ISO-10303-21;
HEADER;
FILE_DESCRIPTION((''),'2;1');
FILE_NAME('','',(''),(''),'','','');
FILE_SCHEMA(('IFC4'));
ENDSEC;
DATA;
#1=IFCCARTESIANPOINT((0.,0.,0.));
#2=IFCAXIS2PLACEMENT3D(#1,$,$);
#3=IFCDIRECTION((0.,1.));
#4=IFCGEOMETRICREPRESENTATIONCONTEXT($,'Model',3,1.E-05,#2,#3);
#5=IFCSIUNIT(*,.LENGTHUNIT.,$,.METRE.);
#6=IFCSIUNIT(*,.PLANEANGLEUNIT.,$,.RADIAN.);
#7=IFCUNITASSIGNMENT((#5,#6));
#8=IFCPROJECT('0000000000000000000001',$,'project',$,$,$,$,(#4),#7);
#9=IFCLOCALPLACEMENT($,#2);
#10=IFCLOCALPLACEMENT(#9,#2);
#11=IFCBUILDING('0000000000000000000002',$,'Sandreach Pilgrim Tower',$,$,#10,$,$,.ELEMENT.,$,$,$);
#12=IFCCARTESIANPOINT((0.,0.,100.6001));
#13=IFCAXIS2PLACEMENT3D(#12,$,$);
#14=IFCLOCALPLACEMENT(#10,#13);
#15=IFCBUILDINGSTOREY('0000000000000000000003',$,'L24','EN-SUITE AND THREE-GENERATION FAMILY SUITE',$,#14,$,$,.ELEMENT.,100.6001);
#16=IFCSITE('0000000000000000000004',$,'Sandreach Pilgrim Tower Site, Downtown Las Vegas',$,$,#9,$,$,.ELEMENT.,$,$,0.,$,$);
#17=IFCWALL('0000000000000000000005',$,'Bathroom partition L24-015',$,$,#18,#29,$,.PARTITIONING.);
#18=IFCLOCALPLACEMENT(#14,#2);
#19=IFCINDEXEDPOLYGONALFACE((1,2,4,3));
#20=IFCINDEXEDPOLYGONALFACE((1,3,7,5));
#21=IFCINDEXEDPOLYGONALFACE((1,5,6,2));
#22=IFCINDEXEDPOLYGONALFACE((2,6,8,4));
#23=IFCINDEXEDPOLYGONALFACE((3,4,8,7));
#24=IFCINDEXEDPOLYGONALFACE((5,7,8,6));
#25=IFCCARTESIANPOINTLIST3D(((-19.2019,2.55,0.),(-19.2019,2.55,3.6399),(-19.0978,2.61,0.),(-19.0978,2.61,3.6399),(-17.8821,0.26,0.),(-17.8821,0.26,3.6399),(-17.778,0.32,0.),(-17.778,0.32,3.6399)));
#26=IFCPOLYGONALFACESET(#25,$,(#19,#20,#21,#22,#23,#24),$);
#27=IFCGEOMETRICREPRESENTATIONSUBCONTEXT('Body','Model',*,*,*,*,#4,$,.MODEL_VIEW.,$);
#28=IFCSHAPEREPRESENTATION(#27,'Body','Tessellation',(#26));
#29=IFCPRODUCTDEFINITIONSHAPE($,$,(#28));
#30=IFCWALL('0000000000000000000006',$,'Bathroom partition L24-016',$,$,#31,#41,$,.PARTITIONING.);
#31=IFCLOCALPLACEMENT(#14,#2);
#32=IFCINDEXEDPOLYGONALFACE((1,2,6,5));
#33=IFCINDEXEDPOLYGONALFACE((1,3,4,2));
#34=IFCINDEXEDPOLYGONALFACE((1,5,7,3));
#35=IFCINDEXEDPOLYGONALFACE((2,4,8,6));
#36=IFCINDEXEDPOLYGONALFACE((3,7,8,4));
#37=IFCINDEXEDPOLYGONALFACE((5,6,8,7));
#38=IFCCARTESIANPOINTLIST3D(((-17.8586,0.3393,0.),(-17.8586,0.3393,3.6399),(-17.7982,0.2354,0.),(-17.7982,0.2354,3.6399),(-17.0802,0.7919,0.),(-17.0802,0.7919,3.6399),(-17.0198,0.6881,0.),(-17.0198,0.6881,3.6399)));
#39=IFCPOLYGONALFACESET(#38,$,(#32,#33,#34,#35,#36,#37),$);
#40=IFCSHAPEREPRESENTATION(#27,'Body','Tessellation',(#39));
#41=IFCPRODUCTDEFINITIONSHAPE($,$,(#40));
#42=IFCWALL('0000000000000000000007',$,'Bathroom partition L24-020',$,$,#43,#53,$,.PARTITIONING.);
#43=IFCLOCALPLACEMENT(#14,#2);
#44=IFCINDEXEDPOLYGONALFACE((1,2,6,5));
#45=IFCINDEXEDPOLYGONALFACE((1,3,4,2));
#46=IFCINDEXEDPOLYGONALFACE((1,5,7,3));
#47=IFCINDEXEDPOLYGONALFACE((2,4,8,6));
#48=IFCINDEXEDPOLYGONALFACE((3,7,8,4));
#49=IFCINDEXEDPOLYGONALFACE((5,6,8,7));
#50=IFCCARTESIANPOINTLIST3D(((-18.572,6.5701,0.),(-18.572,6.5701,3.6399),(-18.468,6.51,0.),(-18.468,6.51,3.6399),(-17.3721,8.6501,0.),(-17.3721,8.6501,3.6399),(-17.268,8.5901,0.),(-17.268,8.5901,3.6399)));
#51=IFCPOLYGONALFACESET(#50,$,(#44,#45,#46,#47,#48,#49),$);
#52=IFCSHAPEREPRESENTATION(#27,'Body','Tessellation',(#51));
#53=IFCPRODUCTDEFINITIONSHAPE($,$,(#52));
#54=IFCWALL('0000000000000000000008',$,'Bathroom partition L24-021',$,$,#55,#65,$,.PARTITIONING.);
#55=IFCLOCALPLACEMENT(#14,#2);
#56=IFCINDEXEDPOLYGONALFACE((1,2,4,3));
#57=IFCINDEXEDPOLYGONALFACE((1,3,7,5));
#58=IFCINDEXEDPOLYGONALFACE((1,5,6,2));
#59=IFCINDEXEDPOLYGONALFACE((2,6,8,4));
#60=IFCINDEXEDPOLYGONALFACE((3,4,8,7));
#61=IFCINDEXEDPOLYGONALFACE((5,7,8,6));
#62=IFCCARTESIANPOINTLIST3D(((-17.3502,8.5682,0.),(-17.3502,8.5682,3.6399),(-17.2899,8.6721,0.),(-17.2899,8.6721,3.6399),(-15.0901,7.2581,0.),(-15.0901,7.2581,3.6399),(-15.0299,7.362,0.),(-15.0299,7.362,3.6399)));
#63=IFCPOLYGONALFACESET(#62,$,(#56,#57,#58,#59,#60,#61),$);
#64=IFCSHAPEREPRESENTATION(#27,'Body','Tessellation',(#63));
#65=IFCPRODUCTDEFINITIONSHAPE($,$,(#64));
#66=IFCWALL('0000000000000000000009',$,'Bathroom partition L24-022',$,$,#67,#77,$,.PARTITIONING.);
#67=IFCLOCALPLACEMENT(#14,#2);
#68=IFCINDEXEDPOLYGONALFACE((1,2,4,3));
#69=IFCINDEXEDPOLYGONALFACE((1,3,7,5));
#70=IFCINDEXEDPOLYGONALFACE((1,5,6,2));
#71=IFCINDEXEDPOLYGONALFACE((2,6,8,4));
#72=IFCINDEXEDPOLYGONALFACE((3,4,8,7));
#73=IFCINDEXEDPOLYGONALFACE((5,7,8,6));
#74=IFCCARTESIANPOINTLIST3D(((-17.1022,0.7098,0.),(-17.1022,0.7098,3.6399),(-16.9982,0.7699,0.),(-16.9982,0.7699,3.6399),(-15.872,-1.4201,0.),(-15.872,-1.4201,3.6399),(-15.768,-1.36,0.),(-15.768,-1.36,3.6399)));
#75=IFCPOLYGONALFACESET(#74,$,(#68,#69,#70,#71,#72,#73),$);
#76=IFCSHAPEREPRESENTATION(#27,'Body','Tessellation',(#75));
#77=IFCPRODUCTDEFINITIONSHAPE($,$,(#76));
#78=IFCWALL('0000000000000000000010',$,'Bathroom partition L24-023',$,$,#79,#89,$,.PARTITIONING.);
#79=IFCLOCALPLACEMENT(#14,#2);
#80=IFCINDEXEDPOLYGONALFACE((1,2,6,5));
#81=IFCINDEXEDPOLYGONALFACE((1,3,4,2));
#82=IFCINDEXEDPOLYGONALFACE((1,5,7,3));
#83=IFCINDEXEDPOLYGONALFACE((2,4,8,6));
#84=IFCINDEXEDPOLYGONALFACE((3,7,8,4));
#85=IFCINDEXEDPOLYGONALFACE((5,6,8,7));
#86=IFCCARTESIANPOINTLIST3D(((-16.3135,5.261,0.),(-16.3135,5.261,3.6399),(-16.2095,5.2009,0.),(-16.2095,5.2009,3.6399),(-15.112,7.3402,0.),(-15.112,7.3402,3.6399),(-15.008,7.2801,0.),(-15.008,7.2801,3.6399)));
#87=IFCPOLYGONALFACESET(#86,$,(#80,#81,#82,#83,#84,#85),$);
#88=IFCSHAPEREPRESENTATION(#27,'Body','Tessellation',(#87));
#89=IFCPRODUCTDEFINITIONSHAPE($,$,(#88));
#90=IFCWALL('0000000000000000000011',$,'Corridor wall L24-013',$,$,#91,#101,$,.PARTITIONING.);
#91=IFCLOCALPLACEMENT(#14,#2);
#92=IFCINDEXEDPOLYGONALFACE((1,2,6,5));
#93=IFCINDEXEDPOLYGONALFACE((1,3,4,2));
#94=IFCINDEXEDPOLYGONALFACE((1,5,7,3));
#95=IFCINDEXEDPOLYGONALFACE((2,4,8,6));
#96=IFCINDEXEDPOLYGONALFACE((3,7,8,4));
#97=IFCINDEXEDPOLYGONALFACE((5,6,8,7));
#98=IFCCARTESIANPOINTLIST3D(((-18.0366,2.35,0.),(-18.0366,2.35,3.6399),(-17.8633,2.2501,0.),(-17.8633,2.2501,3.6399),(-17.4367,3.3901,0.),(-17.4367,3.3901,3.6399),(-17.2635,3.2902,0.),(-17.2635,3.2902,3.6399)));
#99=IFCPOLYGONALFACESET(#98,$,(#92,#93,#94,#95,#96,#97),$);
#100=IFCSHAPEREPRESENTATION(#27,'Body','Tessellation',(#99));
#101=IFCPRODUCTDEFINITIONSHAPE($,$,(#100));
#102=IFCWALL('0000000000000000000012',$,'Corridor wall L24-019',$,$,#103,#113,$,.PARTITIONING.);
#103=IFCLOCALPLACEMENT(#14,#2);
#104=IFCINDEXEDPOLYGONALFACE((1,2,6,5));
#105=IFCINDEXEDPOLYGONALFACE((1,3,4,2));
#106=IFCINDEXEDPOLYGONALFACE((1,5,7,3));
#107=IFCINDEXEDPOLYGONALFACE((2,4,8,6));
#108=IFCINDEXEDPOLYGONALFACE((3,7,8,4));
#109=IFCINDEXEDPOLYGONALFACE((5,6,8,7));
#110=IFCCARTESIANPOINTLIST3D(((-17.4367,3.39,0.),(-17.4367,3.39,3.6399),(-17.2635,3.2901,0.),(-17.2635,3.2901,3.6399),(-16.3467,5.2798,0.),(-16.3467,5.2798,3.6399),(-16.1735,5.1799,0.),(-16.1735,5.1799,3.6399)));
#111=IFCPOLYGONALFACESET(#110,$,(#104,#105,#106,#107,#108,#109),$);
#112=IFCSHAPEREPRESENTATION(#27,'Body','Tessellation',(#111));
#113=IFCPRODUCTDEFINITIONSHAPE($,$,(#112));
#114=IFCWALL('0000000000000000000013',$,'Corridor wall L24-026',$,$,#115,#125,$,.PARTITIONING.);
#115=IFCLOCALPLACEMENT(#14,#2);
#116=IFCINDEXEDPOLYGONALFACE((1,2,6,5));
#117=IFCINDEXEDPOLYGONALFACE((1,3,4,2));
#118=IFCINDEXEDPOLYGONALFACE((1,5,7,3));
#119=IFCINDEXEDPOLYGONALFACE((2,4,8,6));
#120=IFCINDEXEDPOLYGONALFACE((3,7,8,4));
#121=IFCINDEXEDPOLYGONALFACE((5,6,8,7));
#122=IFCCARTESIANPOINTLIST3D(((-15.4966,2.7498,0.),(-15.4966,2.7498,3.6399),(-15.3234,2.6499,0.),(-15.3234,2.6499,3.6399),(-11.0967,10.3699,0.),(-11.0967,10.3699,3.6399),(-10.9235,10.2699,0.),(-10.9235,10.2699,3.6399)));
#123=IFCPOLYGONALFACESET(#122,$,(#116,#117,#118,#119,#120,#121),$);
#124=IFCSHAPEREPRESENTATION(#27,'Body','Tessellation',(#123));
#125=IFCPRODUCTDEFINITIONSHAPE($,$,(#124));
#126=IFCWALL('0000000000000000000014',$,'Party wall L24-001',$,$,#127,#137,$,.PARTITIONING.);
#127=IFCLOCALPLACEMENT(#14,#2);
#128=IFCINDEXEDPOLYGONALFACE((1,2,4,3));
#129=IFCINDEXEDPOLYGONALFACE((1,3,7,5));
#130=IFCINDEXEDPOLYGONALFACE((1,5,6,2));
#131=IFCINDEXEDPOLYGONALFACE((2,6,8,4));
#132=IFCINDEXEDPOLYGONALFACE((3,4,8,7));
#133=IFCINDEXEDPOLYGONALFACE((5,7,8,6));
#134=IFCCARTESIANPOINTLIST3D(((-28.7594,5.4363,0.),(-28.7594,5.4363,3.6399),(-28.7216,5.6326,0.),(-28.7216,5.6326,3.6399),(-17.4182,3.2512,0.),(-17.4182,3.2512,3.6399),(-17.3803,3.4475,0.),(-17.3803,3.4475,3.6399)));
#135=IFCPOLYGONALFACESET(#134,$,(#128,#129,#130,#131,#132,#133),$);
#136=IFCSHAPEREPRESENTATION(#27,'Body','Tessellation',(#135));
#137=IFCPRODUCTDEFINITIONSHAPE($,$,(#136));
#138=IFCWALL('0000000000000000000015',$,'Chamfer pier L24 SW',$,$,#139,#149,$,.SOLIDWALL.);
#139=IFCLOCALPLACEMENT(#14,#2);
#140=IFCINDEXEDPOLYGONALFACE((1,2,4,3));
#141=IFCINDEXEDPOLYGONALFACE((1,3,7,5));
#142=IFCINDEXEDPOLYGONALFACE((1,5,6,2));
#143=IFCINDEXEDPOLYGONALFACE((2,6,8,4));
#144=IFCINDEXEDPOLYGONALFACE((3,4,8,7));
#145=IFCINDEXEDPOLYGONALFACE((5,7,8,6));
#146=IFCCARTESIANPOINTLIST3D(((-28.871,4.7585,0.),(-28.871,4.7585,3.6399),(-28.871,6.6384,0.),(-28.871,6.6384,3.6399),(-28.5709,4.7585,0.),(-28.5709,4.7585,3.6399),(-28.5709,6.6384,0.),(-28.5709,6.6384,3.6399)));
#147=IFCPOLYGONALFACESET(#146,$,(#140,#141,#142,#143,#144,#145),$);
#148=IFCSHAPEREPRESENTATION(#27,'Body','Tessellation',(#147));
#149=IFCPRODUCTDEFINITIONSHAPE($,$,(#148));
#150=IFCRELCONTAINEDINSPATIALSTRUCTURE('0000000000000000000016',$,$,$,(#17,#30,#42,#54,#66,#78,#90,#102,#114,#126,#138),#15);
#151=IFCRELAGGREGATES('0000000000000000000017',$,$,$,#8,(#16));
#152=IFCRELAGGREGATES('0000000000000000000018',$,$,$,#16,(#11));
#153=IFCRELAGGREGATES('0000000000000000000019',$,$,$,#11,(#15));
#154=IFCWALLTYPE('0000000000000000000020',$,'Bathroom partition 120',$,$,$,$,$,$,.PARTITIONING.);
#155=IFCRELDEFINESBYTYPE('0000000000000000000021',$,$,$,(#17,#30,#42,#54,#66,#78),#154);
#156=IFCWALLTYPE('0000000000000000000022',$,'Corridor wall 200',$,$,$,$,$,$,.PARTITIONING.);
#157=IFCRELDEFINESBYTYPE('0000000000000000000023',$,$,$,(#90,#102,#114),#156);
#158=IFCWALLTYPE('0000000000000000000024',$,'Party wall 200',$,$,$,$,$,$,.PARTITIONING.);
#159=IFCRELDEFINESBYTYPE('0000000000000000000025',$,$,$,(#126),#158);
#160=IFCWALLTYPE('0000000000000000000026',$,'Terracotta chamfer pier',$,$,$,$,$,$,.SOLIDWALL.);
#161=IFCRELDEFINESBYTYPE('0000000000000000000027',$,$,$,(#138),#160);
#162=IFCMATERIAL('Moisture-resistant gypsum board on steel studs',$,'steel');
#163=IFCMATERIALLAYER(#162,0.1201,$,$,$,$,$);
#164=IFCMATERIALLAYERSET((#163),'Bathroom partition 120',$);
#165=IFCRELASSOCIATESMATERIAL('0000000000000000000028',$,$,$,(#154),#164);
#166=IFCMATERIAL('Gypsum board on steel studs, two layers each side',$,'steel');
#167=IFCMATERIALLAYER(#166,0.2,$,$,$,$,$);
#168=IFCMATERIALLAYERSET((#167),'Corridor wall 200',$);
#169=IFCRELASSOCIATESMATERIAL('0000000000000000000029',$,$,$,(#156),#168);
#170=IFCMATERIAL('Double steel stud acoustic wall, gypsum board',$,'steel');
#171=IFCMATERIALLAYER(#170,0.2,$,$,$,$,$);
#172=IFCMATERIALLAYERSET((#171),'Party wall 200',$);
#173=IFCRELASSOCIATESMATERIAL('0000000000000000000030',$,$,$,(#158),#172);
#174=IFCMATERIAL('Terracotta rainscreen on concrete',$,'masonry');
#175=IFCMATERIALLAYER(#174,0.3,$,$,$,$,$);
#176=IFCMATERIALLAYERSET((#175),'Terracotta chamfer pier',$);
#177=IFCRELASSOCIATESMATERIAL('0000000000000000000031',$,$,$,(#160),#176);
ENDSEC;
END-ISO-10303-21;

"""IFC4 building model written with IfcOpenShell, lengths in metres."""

from ifc_helpers import new_model, si_unit, direction, frame, frame_2d, origin, place, context, subcontext, project, spatial, rectangle, extrude, material, layer, layer_set, type_object, element, save


model = new_model("IFC4")

# Units and contexts
model_context = context("Model", 3, precision=1e-05, world=origin(), true_north=direction((0.0, 1.0)))
body_context = subcontext(model_context, "Body", "Model", "MODEL_VIEW")
ifc_project = project(units=[si_unit("LENGTHUNIT", "METRE"), si_unit("PLANEANGLEUNIT", "RADIAN")], contexts=[model_context])

# Site, building, storey
site_placement = place(None, origin())
site = spatial("IfcSite", under=ifc_project, at=site_placement, Name="Sandreach Pilgrim Tower Site, Downtown Las Vegas", CompositionType="ELEMENT", RefElevation=0.0)
building_placement = place(site_placement, origin())
building = spatial("IfcBuilding", under=site, at=building_placement, Name="Sandreach Pilgrim Tower", CompositionType="ELEMENT")
storey_placement = place(building_placement, frame((0.0, 0.0, 100.6001)))
storey = spatial("IfcBuildingStorey", under=building, at=storey_placement, Name="L24", Description="EN-SUITE AND THREE-GENERATION FAMILY SUITE", CompositionType="ELEMENT", Elevation=100.6001)

# Shared definitions
ifc_material_1 = material(Name="Moisture-resistant gypsum board on steel studs", Category="steel")
ifc_layer_1 = layer(ifc_material_1, 0.1201)
ifc_layer_set_1 = layer_set([ifc_layer_1], Name="Bathroom partition 120")
wall_type_1 = type_object("IfcWallType", Name="Bathroom partition 120", PredefinedType="PARTITIONING", material=ifc_layer_set_1)

# Walls
wall_1_placement = place(storey_placement, frame((-17.8301, 0.29, 0.0), z_axis=(0.0, 0.0, 1.0), x_axis=(-0.499339, 0.866407, 0.0)))
element("IfcWall", 1, at=wall_1_placement, inside=storey, type_object=wall_type_1, Name="Bathroom partition L24-015", PredefinedType="PARTITIONING", context=body_context, shape_type="SweptSolid", body=[
    extrude(rectangle(XDim=2.6431, YDim=0.1201, at=frame_2d((1.3215, 0.0))), origin(), (0.0, 0.0, 1.0), 3.6399),
])
wall_2_placement = place(storey_placement, frame((-17.8284, 0.2874, 0.0), z_axis=(0.0, 0.0, 1.0), x_axis=(0.864447, 0.502724, 0.0)))
element("IfcWall", 2, at=wall_2_placement, inside=storey, type_object=wall_type_1, Name="Bathroom partition L24-016", PredefinedType="PARTITIONING", context=body_context, shape_type="SweptSolid", body=[
    extrude(rectangle(XDim=0.9004, YDim=0.1201, at=frame_2d((0.4502, 0.0))), origin(), (0.0, 0.0, 1.0), 3.6399),
])
wall_3_placement = place(storey_placement, frame((-17.3201, 8.6201, 0.0), z_axis=(0.0, 0.0, 1.0), x_axis=(-0.499693, -0.866203, 0.0)))
element("IfcWall", 3, at=wall_3_placement, inside=storey, type_object=wall_type_1, Name="Bathroom partition L24-020", PredefinedType="PARTITIONING", context=body_context, shape_type="SweptSolid", body=[
    extrude(rectangle(XDim=2.4014, YDim=0.1201, at=frame_2d((1.2007, 0.0))), origin(), (0.0, 0.0, 1.0), 3.6399),
])
wall_4_placement = place(storey_placement, frame((-17.3201, 8.6201, 0.0), z_axis=(0.0, 0.0, 1.0), x_axis=(0.865155, -0.501504, 0.0)))
element("IfcWall", 4, at=wall_4_placement, inside=storey, type_object=wall_type_1, Name="Bathroom partition L24-021", PredefinedType="PARTITIONING", context=body_context, shape_type="SweptSolid", body=[
    extrude(rectangle(XDim=2.6123, YDim=0.1201, at=frame_2d((1.3062, 0.0))), origin(), (0.0, 0.0, 1.0), 3.6399),
])
wall_5_placement = place(storey_placement, frame((-17.0503, 0.74, 0.0), z_axis=(0.0, 0.0, 1.0), x_axis=(0.500163, -0.865931, 0.0)))
element("IfcWall", 5, at=wall_5_placement, inside=storey, type_object=wall_type_1, Name="Bathroom partition L24-022", PredefinedType="PARTITIONING", context=body_context, shape_type="SweptSolid", body=[
    extrude(rectangle(XDim=2.4597, YDim=0.1201, at=frame_2d((1.23, 0.0))), origin(), (0.0, 0.0, 1.0), 3.6399),
])
wall_6_placement = place(storey_placement, frame((-16.2615, 5.231, 0.0), z_axis=(0.0, 0.0, 1.0), x_axis=(0.500327, 0.865837, 0.0)))
element("IfcWall", 6, at=wall_6_placement, inside=storey, type_object=wall_type_1, Name="Bathroom partition L24-023", PredefinedType="PARTITIONING", context=body_context, shape_type="SweptSolid", body=[
    extrude(rectangle(XDim=2.4014, YDim=0.1201, at=frame_2d((1.2007, 0.0))), origin(), (0.0, 0.0, 1.0), 3.6399),
])
ifc_material_2 = material(Name="Gypsum board on steel studs, two layers each side", Category="steel")
ifc_layer_2 = layer(ifc_material_2, 0.2)
ifc_layer_set_2 = layer_set([ifc_layer_2], Name="Corridor wall 200")
wall_type_2 = type_object("IfcWallType", Name="Corridor wall 200", PredefinedType="PARTITIONING", material=ifc_layer_set_2)
wall_7_placement = place(storey_placement, frame((-17.95, 2.3, 0.0), z_axis=(0.0, 0.0, 1.0), x_axis=(0.499617, 0.866247, 0.0)))
element("IfcWall", 7, at=wall_7_placement, inside=storey, type_object=wall_type_2, Name="Corridor wall L24-013", PredefinedType="PARTITIONING", context=body_context, shape_type="SweptSolid", body=[
    extrude(rectangle(XDim=1.2007, YDim=0.2, at=frame_2d((0.6003, 0.0))), origin(), (0.0, 0.0, 1.0), 3.6399),
])

# Walls
wall_8_placement = place(storey_placement, frame((-17.3501, 3.3401, 0.0), z_axis=(0.0, 0.0, 1.0), x_axis=(0.499642, 0.866232, 0.0)))
element("IfcWall", 8, at=wall_8_placement, inside=storey, type_object=wall_type_2, Name="Corridor wall L24-019", PredefinedType="PARTITIONING", context=body_context, shape_type="SweptSolid", body=[
    extrude(rectangle(XDim=2.1816, YDim=0.2, at=frame_2d((1.0908, 0.0))), origin(), (0.0, 0.0, 1.0), 3.6399),
])
wall_9_placement = place(storey_placement, frame((-15.4099, 2.7, 0.0), z_axis=(0.0, 0.0, 1.0), x_axis=(0.500036, 0.866004, 0.0)))
element("IfcWall", 9, at=wall_9_placement, inside=storey, type_object=wall_type_2, Name="Corridor wall L24-026", PredefinedType="PARTITIONING", context=body_context, shape_type="SweptSolid", body=[
    extrude(rectangle(XDim=8.7991, YDim=0.2, at=frame_2d((4.3994, 0.0))), origin(), (0.0, 0.0, 1.0), 3.6399),
])
ifc_material_3 = material(Name="Double steel stud acoustic wall, gypsum board", Category="steel")
ifc_layer_3 = layer(ifc_material_3, 0.2)
ifc_layer_set_3 = layer_set([ifc_layer_3], Name="Party wall 200")
wall_type_3 = type_object("IfcWallType", Name="Party wall 200", PredefinedType="PARTITIONING", material=ifc_layer_set_3)
wall_10_placement = place(storey_placement, frame((-28.7405, 5.5344, 0.0), z_axis=(0.0, 0.0, 1.0), x_axis=(0.981942, -0.189185, 0.0)))
element("IfcWall", 10, at=wall_10_placement, inside=storey, type_object=wall_type_3, Name="Party wall L24-001", PredefinedType="PARTITIONING", context=body_context, shape_type="SweptSolid", body=[
    extrude(rectangle(XDim=11.5498, YDim=0.2, at=frame_2d((5.7749, 0.0))), origin(), (0.0, 0.0, 1.0), 3.6399),
])
ifc_material_4 = material(Name="Terracotta rainscreen on concrete", Category="masonry")
ifc_layer_4 = layer(ifc_material_4, 0.3)
ifc_layer_set_4 = layer_set([ifc_layer_4], Name="Terracotta chamfer pier")
wall_type_4 = type_object("IfcWallType", Name="Terracotta chamfer pier", PredefinedType="SOLIDWALL", material=ifc_layer_set_4)
wall_11_placement = place(storey_placement, frame((-28.7209, 4.7585, 0.0), z_axis=(0.0, 0.0, 1.0), x_axis=(0.0, 1.0, 0.0)))
element("IfcWall", 11, at=wall_11_placement, inside=storey, type_object=wall_type_4, Name="Chamfer pier L24 SW", PredefinedType="SOLIDWALL", context=body_context, shape_type="SweptSolid", body=[
    extrude(rectangle(XDim=1.8799, YDim=0.3, at=frame_2d((0.9399, 0.0))), origin(), (0.0, 0.0, 1.0), 3.6399),
])

save(model, "model.ifc")
